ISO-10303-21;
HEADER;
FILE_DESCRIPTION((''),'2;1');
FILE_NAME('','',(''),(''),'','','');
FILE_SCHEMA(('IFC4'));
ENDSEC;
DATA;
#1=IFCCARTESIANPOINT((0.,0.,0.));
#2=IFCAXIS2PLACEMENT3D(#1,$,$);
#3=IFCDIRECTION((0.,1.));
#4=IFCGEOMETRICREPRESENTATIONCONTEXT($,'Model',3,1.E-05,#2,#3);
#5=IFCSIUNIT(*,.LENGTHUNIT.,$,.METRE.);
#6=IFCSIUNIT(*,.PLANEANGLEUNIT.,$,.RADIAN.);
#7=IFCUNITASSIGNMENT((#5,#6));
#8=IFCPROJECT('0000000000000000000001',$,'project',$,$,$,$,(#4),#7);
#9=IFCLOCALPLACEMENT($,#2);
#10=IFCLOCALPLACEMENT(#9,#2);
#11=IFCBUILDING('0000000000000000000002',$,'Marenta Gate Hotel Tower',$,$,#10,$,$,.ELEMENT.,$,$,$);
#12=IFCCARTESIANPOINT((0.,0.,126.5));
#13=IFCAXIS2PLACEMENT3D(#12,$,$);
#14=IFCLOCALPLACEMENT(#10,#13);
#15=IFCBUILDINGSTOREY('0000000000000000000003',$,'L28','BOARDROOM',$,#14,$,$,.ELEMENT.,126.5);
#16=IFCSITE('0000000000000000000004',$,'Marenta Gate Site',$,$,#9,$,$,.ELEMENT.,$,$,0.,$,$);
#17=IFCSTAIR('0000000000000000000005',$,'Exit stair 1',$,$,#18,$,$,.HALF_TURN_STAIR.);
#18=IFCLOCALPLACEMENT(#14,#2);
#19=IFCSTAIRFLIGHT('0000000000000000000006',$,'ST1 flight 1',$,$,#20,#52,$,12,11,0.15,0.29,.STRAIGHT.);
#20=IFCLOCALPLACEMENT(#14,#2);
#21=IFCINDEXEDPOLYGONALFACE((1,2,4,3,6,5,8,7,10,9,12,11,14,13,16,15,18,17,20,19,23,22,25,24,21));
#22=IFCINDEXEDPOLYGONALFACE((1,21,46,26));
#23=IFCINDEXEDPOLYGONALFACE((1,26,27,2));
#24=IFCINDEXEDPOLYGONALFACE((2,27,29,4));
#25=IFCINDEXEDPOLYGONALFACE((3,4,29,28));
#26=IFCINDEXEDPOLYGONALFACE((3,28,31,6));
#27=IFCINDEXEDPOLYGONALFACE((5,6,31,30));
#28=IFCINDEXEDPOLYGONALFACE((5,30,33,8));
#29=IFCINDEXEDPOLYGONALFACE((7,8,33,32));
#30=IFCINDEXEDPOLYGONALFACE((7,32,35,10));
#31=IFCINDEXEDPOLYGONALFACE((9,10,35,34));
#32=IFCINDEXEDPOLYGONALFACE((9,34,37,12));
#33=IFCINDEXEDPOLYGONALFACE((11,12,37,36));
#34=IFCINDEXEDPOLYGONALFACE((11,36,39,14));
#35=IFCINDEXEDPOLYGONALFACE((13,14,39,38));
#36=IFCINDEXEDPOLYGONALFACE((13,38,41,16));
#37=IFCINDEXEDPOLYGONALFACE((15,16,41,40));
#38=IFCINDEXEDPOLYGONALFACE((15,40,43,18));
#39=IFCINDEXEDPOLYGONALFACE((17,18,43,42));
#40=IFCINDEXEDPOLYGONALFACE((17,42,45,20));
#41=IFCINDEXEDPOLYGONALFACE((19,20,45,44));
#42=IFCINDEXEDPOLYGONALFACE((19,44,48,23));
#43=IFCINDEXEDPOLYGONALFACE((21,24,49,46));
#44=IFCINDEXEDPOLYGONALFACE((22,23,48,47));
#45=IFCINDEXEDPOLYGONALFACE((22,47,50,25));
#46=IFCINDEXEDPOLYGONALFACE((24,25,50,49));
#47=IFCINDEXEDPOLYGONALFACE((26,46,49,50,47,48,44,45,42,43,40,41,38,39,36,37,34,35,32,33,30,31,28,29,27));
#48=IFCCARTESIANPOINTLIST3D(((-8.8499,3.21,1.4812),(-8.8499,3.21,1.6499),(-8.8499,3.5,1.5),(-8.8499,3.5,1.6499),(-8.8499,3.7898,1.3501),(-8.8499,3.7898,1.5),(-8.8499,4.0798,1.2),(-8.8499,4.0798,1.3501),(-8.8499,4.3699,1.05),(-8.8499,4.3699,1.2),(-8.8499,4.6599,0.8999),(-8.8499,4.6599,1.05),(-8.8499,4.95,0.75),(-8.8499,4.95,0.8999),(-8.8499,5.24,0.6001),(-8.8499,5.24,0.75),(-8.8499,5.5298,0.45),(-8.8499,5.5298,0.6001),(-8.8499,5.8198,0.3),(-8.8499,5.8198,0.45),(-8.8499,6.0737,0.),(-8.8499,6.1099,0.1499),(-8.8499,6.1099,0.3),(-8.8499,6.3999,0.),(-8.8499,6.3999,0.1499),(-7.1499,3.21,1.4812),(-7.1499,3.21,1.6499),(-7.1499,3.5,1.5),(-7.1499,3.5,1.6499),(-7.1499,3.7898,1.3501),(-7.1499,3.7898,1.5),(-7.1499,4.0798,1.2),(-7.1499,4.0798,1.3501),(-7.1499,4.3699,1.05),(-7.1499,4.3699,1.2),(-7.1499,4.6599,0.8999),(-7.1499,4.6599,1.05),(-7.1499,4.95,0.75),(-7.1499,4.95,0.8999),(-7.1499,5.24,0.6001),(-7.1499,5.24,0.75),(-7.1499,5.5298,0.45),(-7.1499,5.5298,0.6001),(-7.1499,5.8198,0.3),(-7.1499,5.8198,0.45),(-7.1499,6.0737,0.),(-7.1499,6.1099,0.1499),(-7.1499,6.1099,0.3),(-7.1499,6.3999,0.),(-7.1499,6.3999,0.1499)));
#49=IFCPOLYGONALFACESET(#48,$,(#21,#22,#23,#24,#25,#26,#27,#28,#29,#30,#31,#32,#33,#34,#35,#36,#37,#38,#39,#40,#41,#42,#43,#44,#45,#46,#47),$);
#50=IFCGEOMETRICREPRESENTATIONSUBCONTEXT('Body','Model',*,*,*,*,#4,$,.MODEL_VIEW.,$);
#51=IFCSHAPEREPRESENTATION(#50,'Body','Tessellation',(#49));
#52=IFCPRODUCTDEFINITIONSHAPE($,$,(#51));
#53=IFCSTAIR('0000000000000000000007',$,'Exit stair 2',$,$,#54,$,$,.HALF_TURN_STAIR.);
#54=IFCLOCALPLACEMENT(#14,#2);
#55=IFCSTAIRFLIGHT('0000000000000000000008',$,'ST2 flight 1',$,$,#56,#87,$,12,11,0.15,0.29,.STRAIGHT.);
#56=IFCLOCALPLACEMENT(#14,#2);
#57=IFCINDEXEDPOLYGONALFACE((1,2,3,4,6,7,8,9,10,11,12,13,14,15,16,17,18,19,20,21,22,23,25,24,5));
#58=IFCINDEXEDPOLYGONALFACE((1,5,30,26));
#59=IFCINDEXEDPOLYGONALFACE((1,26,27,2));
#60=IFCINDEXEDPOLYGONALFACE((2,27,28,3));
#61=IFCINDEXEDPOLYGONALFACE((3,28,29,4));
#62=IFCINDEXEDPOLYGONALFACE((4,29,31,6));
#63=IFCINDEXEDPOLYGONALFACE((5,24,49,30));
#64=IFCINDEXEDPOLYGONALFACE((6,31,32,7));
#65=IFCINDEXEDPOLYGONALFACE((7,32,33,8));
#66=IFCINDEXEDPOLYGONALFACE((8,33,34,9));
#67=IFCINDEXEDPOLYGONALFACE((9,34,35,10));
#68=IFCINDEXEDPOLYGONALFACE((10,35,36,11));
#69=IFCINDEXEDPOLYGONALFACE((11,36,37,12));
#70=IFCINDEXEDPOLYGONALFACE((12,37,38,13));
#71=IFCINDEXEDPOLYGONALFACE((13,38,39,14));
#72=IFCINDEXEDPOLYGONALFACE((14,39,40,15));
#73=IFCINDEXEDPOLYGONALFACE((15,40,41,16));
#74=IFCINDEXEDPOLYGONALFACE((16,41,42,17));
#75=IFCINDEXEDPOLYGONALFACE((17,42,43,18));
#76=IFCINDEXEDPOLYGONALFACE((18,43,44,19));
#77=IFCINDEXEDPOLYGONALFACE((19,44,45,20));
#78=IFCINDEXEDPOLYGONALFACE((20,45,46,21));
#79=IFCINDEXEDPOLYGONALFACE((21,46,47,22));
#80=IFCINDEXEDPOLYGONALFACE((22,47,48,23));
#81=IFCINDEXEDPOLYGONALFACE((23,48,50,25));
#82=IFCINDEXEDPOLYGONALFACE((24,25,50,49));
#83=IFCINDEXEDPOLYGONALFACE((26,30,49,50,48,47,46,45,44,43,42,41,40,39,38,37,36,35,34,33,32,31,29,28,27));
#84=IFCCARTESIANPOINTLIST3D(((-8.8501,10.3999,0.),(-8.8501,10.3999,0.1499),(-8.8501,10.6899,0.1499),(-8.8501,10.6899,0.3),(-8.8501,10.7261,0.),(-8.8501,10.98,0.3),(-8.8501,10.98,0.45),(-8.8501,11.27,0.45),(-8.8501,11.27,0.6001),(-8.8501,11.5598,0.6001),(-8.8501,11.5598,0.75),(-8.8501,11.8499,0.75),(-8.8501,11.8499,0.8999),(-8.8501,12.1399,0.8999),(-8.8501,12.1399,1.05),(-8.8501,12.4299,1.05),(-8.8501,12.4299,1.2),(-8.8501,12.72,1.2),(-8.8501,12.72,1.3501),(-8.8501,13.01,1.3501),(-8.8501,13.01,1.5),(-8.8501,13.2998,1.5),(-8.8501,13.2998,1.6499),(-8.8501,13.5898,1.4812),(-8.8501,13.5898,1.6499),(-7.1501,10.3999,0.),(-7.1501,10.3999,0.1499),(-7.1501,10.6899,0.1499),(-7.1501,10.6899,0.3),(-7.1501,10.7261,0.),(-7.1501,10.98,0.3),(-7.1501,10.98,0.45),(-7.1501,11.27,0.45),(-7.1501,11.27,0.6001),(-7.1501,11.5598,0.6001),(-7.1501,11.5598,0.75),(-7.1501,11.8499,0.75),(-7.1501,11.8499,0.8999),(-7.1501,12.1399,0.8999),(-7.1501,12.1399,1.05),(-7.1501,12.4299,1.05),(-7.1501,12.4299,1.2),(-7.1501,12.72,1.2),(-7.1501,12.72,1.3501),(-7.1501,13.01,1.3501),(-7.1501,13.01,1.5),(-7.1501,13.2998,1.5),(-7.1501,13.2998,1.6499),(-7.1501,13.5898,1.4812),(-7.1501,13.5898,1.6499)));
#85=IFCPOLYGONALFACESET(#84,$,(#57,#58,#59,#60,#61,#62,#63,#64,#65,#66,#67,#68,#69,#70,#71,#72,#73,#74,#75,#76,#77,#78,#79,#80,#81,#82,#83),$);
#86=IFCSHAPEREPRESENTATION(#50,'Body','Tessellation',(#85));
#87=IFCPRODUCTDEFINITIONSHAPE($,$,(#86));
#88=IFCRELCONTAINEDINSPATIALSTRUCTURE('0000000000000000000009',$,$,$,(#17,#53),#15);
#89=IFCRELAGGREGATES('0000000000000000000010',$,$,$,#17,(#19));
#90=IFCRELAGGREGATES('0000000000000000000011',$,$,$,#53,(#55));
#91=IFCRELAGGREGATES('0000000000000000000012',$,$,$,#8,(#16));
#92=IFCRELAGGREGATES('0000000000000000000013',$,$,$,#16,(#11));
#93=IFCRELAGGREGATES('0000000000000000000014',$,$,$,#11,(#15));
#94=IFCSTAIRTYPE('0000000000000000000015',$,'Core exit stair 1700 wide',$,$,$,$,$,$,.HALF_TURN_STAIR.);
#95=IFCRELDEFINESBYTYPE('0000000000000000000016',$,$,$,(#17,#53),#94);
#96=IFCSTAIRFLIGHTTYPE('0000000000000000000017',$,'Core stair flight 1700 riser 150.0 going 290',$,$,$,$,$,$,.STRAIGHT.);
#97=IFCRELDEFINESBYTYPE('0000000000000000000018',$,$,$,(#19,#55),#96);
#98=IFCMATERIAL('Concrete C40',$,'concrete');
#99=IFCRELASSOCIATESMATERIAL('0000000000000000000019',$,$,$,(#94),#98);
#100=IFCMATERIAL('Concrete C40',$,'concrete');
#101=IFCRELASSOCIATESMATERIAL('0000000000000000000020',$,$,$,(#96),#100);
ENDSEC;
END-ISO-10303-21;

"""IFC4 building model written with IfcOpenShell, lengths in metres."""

from ifc_helpers import new_model, si_unit, direction, frame, origin, place, context, subcontext, project, spatial, polyline, outline, extrude, material, type_object, element, aggregate, save


model = new_model("IFC4")

# Units and contexts
model_context = context("Model", 3, precision=1e-05, world=origin(), true_north=direction((0.0, 1.0)))
body_context = subcontext(model_context, "Body", "Model", "MODEL_VIEW")
ifc_project = project(units=[si_unit("LENGTHUNIT", "METRE"), si_unit("PLANEANGLEUNIT", "RADIAN")], contexts=[model_context])

# Site, building, storey
site_placement = place(None, origin())
site = spatial("IfcSite", under=ifc_project, at=site_placement, Name="Marenta Gate Site", CompositionType="ELEMENT", RefElevation=0.0)
building_placement = place(site_placement, origin())
building = spatial("IfcBuilding", under=site, at=building_placement, Name="Marenta Gate Hotel Tower", CompositionType="ELEMENT")
storey_placement = place(building_placement, frame((0.0, 0.0, 126.5)))
storey = spatial("IfcBuildingStorey", under=building, at=storey_placement, Name="L28", Description="BOARDROOM", CompositionType="ELEMENT", Elevation=126.5)

# Stairs, stair flights
ifc_material_1 = material(Name="Concrete C40", Category="concrete")
stair_type = type_object("IfcStairType", Name="Core exit stair 1700 wide", PredefinedType="HALF_TURN_STAIR", material=ifc_material_1)
stair_1_placement = place(storey_placement, origin())
stair_1 = element("IfcStair", 1, at=stair_1_placement, inside=storey, type_object=stair_type, Name="Exit stair 1", PredefinedType="HALF_TURN_STAIR")
ifc_material_2 = material(Name="Concrete C40", Category="concrete")
stair_flight_type = type_object("IfcStairFlightType", Name="Core stair flight 1700 riser 150.0 going 290", PredefinedType="STRAIGHT", material=ifc_material_2)
stair_flight_1_placement = place(storey_placement, frame((-8.0, 6.3999, 0.0), z_axis=(0.0, 0.0, 1.0), x_axis=(0.0, -1.0, 0.0)))
stair_flight_1 = element("IfcStairFlight", 2, at=stair_flight_1_placement, type_object=stair_flight_type, Name="ST1 flight 1", NumberOfRisers=12, NumberOfTreads=11, PredefinedType="STRAIGHT", RiserHeight=0.15, TreadLength=0.29, context=body_context, shape_type="SweptSolid", body=[
    extrude(outline(polyline([(0.0, 0.0), (0.0, 0.1499), (0.29, 0.1499), (0.29, 0.3), (0.5801, 0.3), (0.5801, 0.45), (0.8701, 0.45), (0.8701, 0.6001), (1.1599, 0.6001), (1.1599, 0.75), (1.45, 0.75), (1.45, 0.8999), (1.74, 0.8999), (1.74, 1.05), (2.03, 1.05), (2.03, 1.2), (2.3201, 1.2), (2.3201, 1.3501), (2.6101, 1.3501), (2.6101, 1.5), (2.8999, 1.5), (2.8999, 1.6499), (3.1899, 1.6499), (3.1899, 1.8), (3.1899, 1.4812), (0.3262, 0.0), (0.0, 0.0)])), frame((0.0, 0.8501, 0.0), z_axis=(0.0, -1.0, 0.0), x_axis=(1.0, 0.0, 0.0)), (0.0, 0.0, 1.0), 1.7),
])
aggregate(stair_1, [stair_flight_1])
stair_2_placement = place(storey_placement, origin())
stair_2 = element("IfcStair", 3, at=stair_2_placement, inside=storey, type_object=stair_type, Name="Exit stair 2", PredefinedType="HALF_TURN_STAIR")
stair_flight_2_placement = place(storey_placement, frame((-8.0, 10.3999, 0.0), z_axis=(0.0, 0.0, 1.0), x_axis=(0.0, 1.0, 0.0)))
stair_flight_2 = element("IfcStairFlight", 4, at=stair_flight_2_placement, type_object=stair_flight_type, Name="ST2 flight 1", NumberOfRisers=12, NumberOfTreads=11, PredefinedType="STRAIGHT", RiserHeight=0.15, TreadLength=0.29, context=body_context, shape_type="SweptSolid", body=[
    extrude(outline(polyline([(0.0, 0.0), (0.0, 0.1499), (0.29, 0.1499), (0.29, 0.3), (0.5801, 0.3), (0.5801, 0.45), (0.8701, 0.45), (0.8701, 0.6001), (1.1599, 0.6001), (1.1599, 0.75), (1.45, 0.75), (1.45, 0.8999), (1.74, 0.8999), (1.74, 1.05), (2.03, 1.05), (2.03, 1.2), (2.3201, 1.2), (2.3201, 1.3501), (2.6101, 1.3501), (2.6101, 1.5), (2.8999, 1.5), (2.8999, 1.6499), (3.1899, 1.6499), (3.1899, 1.8), (3.1899, 1.4812), (0.3262, 0.0), (0.0, 0.0)])), frame((0.0, 0.8501, 0.0), z_axis=(0.0, -1.0, 0.0), x_axis=(1.0, 0.0, 0.0)), (0.0, 0.0, 1.0), 1.7),
])
aggregate(stair_2, [stair_flight_2])

save(model, "model.ifc")
